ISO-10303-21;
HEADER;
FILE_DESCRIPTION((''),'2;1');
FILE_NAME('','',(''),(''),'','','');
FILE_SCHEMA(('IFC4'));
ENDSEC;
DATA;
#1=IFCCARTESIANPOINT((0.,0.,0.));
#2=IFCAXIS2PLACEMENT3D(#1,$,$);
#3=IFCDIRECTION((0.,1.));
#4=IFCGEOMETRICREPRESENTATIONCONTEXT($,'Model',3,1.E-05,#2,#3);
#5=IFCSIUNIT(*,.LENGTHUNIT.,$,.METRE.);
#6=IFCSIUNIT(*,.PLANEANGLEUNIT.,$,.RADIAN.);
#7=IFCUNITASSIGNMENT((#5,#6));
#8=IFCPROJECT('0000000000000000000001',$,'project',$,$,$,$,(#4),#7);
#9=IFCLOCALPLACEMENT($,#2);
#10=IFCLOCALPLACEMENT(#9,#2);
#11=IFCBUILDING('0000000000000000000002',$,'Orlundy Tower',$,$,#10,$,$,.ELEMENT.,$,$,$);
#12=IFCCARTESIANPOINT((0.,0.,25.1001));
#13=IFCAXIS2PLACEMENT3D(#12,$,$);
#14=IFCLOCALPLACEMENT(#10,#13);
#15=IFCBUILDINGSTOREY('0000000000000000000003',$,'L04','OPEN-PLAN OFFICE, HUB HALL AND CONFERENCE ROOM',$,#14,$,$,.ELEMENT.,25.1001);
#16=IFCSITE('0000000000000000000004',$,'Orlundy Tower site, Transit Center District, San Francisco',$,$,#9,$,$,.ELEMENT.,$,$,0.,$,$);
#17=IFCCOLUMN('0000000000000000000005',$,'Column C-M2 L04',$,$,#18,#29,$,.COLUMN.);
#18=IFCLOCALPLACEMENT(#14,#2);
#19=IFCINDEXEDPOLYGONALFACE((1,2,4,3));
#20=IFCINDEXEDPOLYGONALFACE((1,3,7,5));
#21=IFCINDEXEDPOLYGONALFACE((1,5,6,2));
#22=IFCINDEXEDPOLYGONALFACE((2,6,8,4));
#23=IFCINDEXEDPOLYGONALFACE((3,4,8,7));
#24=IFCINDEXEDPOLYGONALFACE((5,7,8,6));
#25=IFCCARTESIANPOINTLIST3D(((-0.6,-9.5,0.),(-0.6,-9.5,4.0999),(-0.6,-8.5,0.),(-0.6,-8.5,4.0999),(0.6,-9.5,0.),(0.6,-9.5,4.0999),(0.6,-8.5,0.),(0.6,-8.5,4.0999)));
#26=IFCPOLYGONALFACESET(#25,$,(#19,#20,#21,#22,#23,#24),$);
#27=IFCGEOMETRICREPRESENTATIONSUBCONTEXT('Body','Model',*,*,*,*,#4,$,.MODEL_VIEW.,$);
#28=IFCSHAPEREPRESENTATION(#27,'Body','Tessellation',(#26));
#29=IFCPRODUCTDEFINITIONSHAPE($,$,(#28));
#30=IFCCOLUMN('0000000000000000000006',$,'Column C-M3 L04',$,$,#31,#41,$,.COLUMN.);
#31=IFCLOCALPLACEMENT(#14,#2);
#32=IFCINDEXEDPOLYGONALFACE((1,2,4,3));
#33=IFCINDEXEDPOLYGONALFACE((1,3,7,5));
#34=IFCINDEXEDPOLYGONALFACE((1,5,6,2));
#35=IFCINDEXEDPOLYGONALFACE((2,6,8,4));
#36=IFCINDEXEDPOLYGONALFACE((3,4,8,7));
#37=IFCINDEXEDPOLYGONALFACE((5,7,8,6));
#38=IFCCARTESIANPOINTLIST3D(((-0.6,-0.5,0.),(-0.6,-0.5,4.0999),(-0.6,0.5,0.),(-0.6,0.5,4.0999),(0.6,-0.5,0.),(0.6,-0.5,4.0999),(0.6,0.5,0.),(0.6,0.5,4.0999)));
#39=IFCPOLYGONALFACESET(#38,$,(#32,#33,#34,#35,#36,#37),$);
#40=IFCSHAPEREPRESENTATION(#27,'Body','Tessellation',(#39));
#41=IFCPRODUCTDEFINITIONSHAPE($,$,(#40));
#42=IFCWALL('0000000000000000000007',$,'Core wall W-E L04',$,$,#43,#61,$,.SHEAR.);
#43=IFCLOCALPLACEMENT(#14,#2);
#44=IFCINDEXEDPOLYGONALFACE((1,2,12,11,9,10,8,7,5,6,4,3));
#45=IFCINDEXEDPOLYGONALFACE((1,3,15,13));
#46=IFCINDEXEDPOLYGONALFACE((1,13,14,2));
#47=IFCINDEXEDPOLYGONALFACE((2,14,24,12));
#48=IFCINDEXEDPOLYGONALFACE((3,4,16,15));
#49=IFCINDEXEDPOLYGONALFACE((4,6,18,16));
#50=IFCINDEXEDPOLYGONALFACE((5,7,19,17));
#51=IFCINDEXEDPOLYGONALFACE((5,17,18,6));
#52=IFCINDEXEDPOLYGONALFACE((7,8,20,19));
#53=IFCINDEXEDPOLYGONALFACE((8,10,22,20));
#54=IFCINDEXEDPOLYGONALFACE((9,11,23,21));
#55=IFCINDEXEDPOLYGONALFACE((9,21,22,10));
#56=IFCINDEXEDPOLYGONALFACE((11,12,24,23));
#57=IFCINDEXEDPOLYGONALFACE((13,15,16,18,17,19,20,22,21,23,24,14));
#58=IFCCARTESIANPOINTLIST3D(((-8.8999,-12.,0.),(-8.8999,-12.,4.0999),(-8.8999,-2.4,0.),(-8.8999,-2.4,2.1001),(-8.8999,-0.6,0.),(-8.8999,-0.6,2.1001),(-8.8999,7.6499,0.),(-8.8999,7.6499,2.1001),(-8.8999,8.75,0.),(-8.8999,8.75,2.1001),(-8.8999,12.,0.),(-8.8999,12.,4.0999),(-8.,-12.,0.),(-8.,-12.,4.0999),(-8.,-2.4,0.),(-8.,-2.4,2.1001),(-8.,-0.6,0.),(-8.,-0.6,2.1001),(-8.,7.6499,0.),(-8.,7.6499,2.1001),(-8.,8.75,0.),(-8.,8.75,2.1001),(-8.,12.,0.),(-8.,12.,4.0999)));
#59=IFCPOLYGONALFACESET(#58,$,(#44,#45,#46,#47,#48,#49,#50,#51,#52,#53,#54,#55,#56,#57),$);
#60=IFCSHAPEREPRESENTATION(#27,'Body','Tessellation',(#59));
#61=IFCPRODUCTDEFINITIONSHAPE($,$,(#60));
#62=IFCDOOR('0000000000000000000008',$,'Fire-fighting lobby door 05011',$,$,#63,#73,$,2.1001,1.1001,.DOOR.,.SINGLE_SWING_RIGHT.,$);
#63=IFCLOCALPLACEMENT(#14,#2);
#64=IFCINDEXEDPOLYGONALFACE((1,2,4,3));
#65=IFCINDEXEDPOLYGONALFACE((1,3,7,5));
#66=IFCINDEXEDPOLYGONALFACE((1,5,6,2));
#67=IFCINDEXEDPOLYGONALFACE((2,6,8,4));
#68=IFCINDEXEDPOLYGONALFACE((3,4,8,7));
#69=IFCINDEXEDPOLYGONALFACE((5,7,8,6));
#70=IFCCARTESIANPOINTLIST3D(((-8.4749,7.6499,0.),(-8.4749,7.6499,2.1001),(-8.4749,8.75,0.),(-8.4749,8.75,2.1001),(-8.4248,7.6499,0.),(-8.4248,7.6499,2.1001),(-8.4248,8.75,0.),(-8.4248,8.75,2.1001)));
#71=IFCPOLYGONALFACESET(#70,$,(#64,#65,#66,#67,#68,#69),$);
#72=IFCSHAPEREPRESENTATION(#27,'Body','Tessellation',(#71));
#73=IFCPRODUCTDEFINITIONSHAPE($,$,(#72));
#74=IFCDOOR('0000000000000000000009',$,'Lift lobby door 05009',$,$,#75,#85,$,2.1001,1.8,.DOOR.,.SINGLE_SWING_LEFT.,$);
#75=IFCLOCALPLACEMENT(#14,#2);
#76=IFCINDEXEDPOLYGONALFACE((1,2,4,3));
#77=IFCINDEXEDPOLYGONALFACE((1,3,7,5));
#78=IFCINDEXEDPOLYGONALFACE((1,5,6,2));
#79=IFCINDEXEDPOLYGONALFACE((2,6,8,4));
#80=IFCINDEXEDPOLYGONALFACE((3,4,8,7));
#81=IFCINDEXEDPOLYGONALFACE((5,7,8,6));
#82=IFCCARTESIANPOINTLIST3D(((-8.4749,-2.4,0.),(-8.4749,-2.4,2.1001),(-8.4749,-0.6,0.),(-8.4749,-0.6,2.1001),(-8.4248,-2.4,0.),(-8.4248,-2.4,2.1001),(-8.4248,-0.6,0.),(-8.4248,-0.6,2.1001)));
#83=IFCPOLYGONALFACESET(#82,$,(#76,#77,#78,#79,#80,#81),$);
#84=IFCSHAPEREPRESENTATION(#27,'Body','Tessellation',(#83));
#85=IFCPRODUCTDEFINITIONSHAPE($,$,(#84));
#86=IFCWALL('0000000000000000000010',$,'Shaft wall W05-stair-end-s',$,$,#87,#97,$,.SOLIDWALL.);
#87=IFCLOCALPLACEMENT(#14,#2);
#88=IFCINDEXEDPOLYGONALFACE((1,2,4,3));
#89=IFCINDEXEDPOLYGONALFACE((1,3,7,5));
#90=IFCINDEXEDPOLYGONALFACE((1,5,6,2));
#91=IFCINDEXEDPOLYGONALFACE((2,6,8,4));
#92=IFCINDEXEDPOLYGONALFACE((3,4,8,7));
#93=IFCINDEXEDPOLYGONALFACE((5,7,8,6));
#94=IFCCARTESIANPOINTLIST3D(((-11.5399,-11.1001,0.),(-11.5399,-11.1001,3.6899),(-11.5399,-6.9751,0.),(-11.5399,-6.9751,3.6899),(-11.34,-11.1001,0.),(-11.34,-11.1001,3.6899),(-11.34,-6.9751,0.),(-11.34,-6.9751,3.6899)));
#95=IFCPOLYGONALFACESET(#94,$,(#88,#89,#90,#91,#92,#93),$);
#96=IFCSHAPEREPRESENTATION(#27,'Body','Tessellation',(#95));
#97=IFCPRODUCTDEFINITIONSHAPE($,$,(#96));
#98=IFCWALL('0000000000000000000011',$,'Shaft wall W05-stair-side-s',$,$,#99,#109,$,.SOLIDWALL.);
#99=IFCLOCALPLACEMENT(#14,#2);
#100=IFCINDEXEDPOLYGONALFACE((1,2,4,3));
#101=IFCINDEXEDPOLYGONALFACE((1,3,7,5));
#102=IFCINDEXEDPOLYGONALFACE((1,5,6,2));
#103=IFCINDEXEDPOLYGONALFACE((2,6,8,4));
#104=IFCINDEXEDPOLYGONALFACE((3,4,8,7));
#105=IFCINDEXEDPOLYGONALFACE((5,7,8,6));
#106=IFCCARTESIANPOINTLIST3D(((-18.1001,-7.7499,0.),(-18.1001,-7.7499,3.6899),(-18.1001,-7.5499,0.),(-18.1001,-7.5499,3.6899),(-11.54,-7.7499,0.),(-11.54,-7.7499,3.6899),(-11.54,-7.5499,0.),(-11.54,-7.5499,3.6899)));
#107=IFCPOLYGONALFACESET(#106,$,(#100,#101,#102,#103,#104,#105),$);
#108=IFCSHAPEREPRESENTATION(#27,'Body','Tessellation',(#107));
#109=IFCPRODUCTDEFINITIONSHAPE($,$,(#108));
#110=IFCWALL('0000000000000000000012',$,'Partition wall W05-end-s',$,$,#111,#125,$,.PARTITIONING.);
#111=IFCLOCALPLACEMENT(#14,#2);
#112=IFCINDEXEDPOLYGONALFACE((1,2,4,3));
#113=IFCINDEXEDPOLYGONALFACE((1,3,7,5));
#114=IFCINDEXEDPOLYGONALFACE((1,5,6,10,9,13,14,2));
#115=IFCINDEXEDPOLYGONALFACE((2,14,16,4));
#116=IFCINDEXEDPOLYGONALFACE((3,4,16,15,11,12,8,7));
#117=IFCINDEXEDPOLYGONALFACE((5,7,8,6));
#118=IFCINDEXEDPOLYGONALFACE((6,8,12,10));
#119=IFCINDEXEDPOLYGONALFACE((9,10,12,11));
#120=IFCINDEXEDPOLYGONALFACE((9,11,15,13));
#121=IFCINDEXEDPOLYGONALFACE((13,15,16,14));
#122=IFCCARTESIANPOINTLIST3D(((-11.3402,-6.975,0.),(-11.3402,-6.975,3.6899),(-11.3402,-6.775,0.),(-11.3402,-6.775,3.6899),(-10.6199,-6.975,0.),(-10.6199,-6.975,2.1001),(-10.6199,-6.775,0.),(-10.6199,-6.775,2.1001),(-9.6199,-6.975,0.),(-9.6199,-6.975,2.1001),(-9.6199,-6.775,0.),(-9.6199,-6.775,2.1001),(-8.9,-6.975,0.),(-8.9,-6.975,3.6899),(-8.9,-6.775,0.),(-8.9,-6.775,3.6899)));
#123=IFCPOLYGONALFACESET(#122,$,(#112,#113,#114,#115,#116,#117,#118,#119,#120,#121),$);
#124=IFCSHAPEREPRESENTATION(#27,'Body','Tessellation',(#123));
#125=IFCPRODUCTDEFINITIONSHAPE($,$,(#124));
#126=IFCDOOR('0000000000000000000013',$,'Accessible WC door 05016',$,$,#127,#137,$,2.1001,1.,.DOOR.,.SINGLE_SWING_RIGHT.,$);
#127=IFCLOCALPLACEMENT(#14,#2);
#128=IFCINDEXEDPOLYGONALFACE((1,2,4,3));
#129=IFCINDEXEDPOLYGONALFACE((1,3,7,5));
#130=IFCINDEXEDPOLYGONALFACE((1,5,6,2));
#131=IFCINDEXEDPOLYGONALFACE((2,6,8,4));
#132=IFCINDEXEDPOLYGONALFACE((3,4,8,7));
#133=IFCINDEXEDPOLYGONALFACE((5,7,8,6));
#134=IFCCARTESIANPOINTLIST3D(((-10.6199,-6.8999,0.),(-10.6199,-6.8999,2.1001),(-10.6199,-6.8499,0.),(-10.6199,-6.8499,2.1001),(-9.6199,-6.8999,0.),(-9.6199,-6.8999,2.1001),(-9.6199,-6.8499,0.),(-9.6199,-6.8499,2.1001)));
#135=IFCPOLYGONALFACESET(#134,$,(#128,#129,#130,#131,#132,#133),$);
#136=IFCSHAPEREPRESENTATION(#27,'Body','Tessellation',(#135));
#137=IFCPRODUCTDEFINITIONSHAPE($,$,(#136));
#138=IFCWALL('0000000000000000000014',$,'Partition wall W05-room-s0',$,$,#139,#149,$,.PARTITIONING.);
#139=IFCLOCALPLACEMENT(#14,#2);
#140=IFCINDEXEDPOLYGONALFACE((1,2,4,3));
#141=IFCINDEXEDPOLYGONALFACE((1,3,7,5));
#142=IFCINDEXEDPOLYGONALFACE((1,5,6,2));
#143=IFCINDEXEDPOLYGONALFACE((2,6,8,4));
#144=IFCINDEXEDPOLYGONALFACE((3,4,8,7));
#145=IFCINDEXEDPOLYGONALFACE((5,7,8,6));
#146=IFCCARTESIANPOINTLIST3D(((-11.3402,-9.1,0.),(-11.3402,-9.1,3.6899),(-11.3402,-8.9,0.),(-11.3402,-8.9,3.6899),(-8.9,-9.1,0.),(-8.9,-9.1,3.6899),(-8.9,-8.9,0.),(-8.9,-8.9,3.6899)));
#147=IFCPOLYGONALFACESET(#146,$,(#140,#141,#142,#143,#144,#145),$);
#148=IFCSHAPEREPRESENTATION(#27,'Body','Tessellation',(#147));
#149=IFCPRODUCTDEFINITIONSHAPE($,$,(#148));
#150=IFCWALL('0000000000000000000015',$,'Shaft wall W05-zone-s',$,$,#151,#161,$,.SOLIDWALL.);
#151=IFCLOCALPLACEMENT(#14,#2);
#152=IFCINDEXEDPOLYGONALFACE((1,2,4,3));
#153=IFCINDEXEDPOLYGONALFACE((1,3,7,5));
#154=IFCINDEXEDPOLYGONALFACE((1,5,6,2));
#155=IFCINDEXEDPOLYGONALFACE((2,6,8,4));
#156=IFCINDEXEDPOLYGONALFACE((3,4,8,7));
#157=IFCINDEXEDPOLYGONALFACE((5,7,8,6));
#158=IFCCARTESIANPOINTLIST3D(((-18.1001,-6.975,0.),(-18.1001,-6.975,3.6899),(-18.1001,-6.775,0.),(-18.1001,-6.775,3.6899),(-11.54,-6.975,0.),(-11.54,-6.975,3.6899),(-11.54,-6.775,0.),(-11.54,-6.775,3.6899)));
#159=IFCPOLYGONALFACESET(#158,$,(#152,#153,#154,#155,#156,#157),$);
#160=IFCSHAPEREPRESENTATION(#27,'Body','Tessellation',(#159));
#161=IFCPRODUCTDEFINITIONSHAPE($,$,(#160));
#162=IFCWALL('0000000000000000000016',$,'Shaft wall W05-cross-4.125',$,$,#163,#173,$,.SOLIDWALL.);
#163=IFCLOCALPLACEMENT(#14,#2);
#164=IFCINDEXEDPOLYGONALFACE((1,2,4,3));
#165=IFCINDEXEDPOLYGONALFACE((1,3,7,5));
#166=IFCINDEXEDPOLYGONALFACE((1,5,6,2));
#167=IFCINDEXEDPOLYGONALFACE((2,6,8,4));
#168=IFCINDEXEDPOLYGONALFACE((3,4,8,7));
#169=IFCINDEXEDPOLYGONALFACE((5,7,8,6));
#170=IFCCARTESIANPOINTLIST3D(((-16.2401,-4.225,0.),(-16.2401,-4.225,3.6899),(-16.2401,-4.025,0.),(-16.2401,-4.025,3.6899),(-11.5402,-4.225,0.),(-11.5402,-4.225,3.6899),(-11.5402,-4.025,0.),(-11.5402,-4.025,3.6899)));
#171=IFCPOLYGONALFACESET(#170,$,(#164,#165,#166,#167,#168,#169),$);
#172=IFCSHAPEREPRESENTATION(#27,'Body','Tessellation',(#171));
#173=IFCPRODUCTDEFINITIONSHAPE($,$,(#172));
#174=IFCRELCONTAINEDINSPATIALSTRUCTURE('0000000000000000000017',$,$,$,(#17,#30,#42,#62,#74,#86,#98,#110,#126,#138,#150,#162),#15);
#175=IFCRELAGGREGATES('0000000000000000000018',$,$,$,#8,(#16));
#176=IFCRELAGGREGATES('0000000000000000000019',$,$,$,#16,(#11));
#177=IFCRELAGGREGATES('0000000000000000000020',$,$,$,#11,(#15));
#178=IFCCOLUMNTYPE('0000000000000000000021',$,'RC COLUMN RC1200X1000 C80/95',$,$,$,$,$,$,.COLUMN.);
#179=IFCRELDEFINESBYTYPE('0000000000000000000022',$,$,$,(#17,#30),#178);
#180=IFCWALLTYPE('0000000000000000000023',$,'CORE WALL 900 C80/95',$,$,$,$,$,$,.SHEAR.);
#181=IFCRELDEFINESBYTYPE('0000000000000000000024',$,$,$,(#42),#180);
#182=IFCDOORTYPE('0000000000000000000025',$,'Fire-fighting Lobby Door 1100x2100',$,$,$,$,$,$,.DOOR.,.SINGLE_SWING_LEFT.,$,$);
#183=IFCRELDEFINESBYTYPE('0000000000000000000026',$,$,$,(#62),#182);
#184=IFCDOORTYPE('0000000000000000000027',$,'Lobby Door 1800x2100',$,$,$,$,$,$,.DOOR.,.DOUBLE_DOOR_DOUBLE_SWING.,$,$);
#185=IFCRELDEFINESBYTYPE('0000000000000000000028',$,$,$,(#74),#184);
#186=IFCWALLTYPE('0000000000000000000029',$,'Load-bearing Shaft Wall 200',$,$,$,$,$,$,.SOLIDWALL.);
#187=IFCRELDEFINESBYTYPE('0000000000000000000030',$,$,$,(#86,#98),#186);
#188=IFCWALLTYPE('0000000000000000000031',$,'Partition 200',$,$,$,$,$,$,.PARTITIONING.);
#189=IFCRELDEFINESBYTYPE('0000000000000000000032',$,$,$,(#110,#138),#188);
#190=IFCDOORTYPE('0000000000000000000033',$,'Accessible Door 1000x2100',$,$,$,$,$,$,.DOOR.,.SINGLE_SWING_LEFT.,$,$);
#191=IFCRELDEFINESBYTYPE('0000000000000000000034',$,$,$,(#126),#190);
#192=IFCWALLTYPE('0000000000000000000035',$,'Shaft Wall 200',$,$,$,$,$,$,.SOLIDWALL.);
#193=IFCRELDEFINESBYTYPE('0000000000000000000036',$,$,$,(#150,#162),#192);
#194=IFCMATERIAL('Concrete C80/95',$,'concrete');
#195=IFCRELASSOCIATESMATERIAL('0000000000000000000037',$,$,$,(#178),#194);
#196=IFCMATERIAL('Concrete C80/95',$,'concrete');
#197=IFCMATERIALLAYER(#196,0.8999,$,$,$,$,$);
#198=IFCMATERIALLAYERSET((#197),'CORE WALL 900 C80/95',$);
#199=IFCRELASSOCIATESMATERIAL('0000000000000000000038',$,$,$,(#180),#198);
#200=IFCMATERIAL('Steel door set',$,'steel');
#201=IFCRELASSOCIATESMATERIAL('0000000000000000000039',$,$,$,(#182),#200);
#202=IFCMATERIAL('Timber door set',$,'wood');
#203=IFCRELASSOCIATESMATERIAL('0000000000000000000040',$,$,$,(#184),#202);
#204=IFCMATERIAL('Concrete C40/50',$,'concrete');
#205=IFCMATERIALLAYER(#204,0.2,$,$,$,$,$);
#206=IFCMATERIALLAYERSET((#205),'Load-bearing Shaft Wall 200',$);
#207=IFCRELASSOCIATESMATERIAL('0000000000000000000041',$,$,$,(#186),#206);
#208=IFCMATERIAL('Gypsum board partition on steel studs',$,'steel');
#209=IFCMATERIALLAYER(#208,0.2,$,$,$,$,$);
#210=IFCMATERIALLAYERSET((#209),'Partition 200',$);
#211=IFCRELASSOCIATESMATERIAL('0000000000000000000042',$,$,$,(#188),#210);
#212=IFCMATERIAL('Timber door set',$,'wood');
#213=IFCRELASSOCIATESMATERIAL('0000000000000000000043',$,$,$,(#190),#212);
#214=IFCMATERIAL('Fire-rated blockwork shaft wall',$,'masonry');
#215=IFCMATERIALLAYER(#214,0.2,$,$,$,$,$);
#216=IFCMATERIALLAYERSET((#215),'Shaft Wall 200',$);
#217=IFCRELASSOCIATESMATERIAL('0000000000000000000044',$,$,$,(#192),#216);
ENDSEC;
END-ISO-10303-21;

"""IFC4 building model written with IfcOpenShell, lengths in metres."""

from ifc_helpers import new_model, si_unit, direction, frame, frame_2d, origin, origin_2d, place, context, subcontext, project, spatial, rectangle, extrude, material, layer, layer_set, material_profile, profile_set, type_object, element, fill, save


model = new_model("IFC4")

# Units and contexts
model_context = context("Model", 3, precision=1e-05, world=origin(), true_north=direction((0.0, 1.0)))
body_context = subcontext(model_context, "Body", "Model", "MODEL_VIEW")
ifc_project = project(units=[si_unit("LENGTHUNIT", "METRE"), si_unit("PLANEANGLEUNIT", "RADIAN")], contexts=[model_context])

# Site, building, storey
site_placement = place(None, origin())
site = spatial("IfcSite", under=ifc_project, at=site_placement, Name="Orlundy Tower site, Transit Center District, San Francisco", CompositionType="ELEMENT", RefElevation=0.0)
building_placement = place(site_placement, origin())
building = spatial("IfcBuilding", under=site, at=building_placement, Name="Orlundy Tower", CompositionType="ELEMENT")
storey_placement = place(building_placement, frame((0.0, 0.0, 25.1001)))
storey = spatial("IfcBuildingStorey", under=building, at=storey_placement, Name="L04", Description="OPEN-PLAN OFFICE, HUB HALL AND CONFERENCE ROOM", CompositionType="ELEMENT", Elevation=25.1001)

# Columns
ifc_material_1 = material(Name="Concrete C80/95", Category="concrete")
ifc_material_profile = material_profile(ifc_material_1, rectangle(XDim=1.2, YDim=1.0, at=origin_2d()), Name="RC1200X1000")
ifc_profile_set = profile_set([ifc_material_profile], Name="Concrete C80/95")
column_type = type_object("IfcColumnType", Name="RC COLUMN RC1200X1000 C80/95", PredefinedType="COLUMN", material=ifc_profile_set)
for number, where, z_axis, x_axis, name in (
    (1, (0.0, -9.0, 0.0), (0.0, 0.0, 1.0), (1.0, 0.0, 0.0), "Column C-M2 L04"),
    (2, (0.0, 0.0, 0.0), (0.0, 0.0, 1.0), (1.0, 0.0, 0.0), "Column C-M3 L04"),
):
    element("IfcColumn", number, at=place(storey_placement, frame(where, z_axis=z_axis, x_axis=x_axis)), inside=storey, type_object=column_type, Name=name, PredefinedType="COLUMN", context=body_context, shape_type="SweptSolid", body=[
        extrude(rectangle(XDim=1.2, YDim=1.0, at=origin_2d()), origin(), (0.0, 0.0, 1.0), 4.0999),
    ])

# Wall, openings, doors
ifc_material_2 = material(Name="Concrete C80/95", Category="concrete")
ifc_layer_1 = layer(ifc_material_2, 0.8999)
ifc_layer_set_1 = layer_set([ifc_layer_1], Name="CORE WALL 900 C80/95")
wall_type_1 = type_object("IfcWallType", Name="CORE WALL 900 C80/95", PredefinedType="SHEAR", material=ifc_layer_set_1)
wall_1_placement = place(storey_placement, frame((-8.45, -12.0, 0.0), z_axis=(0.0, 0.0, 1.0), x_axis=(0.0, 1.0, 0.0)))
wall_1 = element("IfcWall", 3, at=wall_1_placement, inside=storey, type_object=wall_type_1, Name="Core wall W-E L04", PredefinedType="SHEAR", context=body_context, shape_type="SweptSolid", body=[
    extrude(rectangle(XDim=24.0, YDim=0.8999, at=frame_2d((12.0, 0.0))), origin(), (0.0, 0.0, 1.0), 4.0999),
])
opening_1_placement = place(wall_1_placement, frame((9.6001, 0.0, 0.0)))
opening_1 = element("IfcOpeningElement", 4, at=opening_1_placement, cuts=wall_1, PredefinedType="OPENING", context=body_context, shape_type="SweptSolid", body=[
    extrude(rectangle(XDim=1.8, YDim=2.1001, at=frame_2d((0.8999, 1.05))), frame((0.0, 0.46, 0.0), z_axis=(0.0, -1.0, 0.0), x_axis=(1.0, 0.0, 0.0)), (0.0, 0.0, 1.0), 0.9199),
])
opening_2_placement = place(wall_1_placement, frame((19.6499, 0.0, 0.0)))
opening_2 = element("IfcOpeningElement", 5, at=opening_2_placement, cuts=wall_1, PredefinedType="OPENING", context=body_context, shape_type="SweptSolid", body=[
    extrude(rectangle(XDim=1.1001, YDim=2.1001, at=frame_2d((0.55, 1.05))), frame((0.0, 0.46, 0.0), z_axis=(0.0, -1.0, 0.0), x_axis=(1.0, 0.0, 0.0)), (0.0, 0.0, 1.0), 0.9199),
])
ifc_material_3 = material(Name="Steel door set", Category="steel")
door_type_1 = type_object("IfcDoorType", Name="Fire-fighting Lobby Door 1100x2100", OperationType="SINGLE_SWING_LEFT", PredefinedType="DOOR", material=ifc_material_3)
door_1_placement = place(opening_2_placement, origin())
door_1 = element("IfcDoor", 6, at=door_1_placement, inside=storey, type_object=door_type_1, Name="Fire-fighting lobby door 05011", OperationType="SINGLE_SWING_RIGHT", OverallHeight=2.1001, OverallWidth=1.1001, PredefinedType="DOOR", context=body_context, shape_type="SweptSolid", body=[
    extrude(rectangle(XDim=1.1001, YDim=2.1001, at=frame_2d((0.55, 1.05))), frame((0.0, 0.0249, 0.0), z_axis=(0.0, -1.0, 0.0), x_axis=(1.0, 0.0, 0.0)), (0.0, 0.0, 1.0), 0.05),
])
fill(opening_2, door_1)
ifc_material_4 = material(Name="Timber door set", Category="wood")
door_type_2 = type_object("IfcDoorType", Name="Lobby Door 1800x2100", OperationType="DOUBLE_DOOR_DOUBLE_SWING", PredefinedType="DOOR", material=ifc_material_4)
door_2_placement = place(opening_1_placement, origin())
door_2 = element("IfcDoor", 7, at=door_2_placement, inside=storey, type_object=door_type_2, Name="Lift lobby door 05009", OperationType="SINGLE_SWING_LEFT", OverallHeight=2.1001, OverallWidth=1.8, PredefinedType="DOOR", context=body_context, shape_type="SweptSolid", body=[
    extrude(rectangle(XDim=1.8, YDim=2.1001, at=frame_2d((0.8999, 1.05))), frame((0.0, 0.0249, 0.0), z_axis=(0.0, -1.0, 0.0), x_axis=(1.0, 0.0, 0.0)), (0.0, 0.0, 1.0), 0.05),
])
fill(opening_1, door_2)

# Walls
ifc_material_5 = material(Name="Concrete C40/50", Category="concrete")
ifc_layer_2 = layer(ifc_material_5, 0.2)
ifc_layer_set_2 = layer_set([ifc_layer_2], Name="Load-bearing Shaft Wall 200")
wall_type_2 = type_object("IfcWallType", Name="Load-bearing Shaft Wall 200", PredefinedType="SOLIDWALL", material=ifc_layer_set_2)
wall_2_placement = place(storey_placement, frame((-11.4399, -11.1001, 0.0), z_axis=(0.0, 0.0, 1.0), x_axis=(0.0, 1.0, 0.0)))
element("IfcWall", 8, at=wall_2_placement, inside=storey, type_object=wall_type_2, Name="Shaft wall W05-stair-end-s", PredefinedType="SOLIDWALL", context=body_context, shape_type="SweptSolid", body=[
    extrude(rectangle(XDim=4.125, YDim=0.2, at=frame_2d((2.0625, 0.0))), origin(), (0.0, 0.0, 1.0), 3.6899),
])
wall_3_placement = place(storey_placement, frame((-11.54, -7.6499, 0.0), z_axis=(0.0, 0.0, 1.0), x_axis=(-1.0, 0.0, 0.0)))
element("IfcWall", 9, at=wall_3_placement, inside=storey, type_object=wall_type_2, Name="Shaft wall W05-stair-side-s", PredefinedType="SOLIDWALL", context=body_context, shape_type="SweptSolid", body=[
    extrude(rectangle(XDim=6.5601, YDim=0.2, at=frame_2d((3.28, 0.0))), origin(), (0.0, 0.0, 1.0), 3.6899),
])

# Wall, opening, door
ifc_material_6 = material(Name="Gypsum board partition on steel studs", Category="steel")
ifc_layer_3 = layer(ifc_material_6, 0.2)
ifc_layer_set_3 = layer_set([ifc_layer_3], Name="Partition 200")
wall_type_3 = type_object("IfcWallType", Name="Partition 200", PredefinedType="PARTITIONING", material=ifc_layer_set_3)
wall_4_placement = place(storey_placement, frame((-8.8999, -6.875, 0.0), z_axis=(0.0, 0.0, 1.0), x_axis=(-1.0, 0.0, 0.0)))
wall_4 = element("IfcWall", 10, at=wall_4_placement, inside=storey, type_object=wall_type_3, Name="Partition wall W05-end-s", PredefinedType="PARTITIONING", context=body_context, shape_type="SweptSolid", body=[
    extrude(rectangle(XDim=2.4402, YDim=0.2, at=frame_2d((1.2202, 0.0))), origin(), (0.0, 0.0, 1.0), 3.6899),
])
opening_3_placement = place(wall_4_placement, frame((0.72, 0.0, 0.0)))
opening_3 = element("IfcOpeningElement", 11, at=opening_3_placement, cuts=wall_4, PredefinedType="OPENING", context=body_context, shape_type="SweptSolid", body=[
    extrude(rectangle(XDim=1.0, YDim=2.1001, at=frame_2d((0.5, 1.05))), frame((0.0, 0.1101, 0.0), z_axis=(0.0, -1.0, 0.0), x_axis=(1.0, 0.0, 0.0)), (0.0, 0.0, 1.0), 0.2202),
])
ifc_material_7 = material(Name="Timber door set", Category="wood")
door_type_3 = type_object("IfcDoorType", Name="Accessible Door 1000x2100", OperationType="SINGLE_SWING_LEFT", PredefinedType="DOOR", material=ifc_material_7)
door_3_placement = place(opening_3_placement, origin())
door_3 = element("IfcDoor", 12, at=door_3_placement, inside=storey, type_object=door_type_3, Name="Accessible WC door 05016", OperationType="SINGLE_SWING_RIGHT", OverallHeight=2.1001, OverallWidth=1.0, PredefinedType="DOOR", context=body_context, shape_type="SweptSolid", body=[
    extrude(rectangle(XDim=1.0, YDim=2.1001, at=frame_2d((0.5, 1.05))), frame((0.0, 0.0249, 0.0), z_axis=(0.0, -1.0, 0.0), x_axis=(1.0, 0.0, 0.0)), (0.0, 0.0, 1.0), 0.05),
])
fill(opening_3, door_3)

# Walls
wall_5_placement = place(storey_placement, frame((-8.8999, -9.0, 0.0), z_axis=(0.0, 0.0, 1.0), x_axis=(-1.0, 0.0, 0.0)))
element("IfcWall", 13, at=wall_5_placement, inside=storey, type_object=wall_type_3, Name="Partition wall W05-room-s0", PredefinedType="PARTITIONING", context=body_context, shape_type="SweptSolid", body=[
    extrude(rectangle(XDim=2.4402, YDim=0.2, at=frame_2d((1.2202, 0.0))), origin(), (0.0, 0.0, 1.0), 3.6899),
])
ifc_material_8 = material(Name="Fire-rated blockwork shaft wall", Category="masonry")
ifc_layer_4 = layer(ifc_material_8, 0.2)
ifc_layer_set_4 = layer_set([ifc_layer_4], Name="Shaft Wall 200")
wall_type_4 = type_object("IfcWallType", Name="Shaft Wall 200", PredefinedType="SOLIDWALL", material=ifc_layer_set_4)
wall_6_placement = place(storey_placement, frame((-11.54, -6.875, 0.0), z_axis=(0.0, 0.0, 1.0), x_axis=(-1.0, 0.0, 0.0)))
element("IfcWall", 14, at=wall_6_placement, inside=storey, type_object=wall_type_4, Name="Shaft wall W05-zone-s", PredefinedType="SOLIDWALL", context=body_context, shape_type="SweptSolid", body=[
    extrude(rectangle(XDim=6.5601, YDim=0.2, at=frame_2d((3.28, 0.0))), origin(), (0.0, 0.0, 1.0), 3.6899),
])
wall_7_placement = place(storey_placement, frame((-11.54, -4.125, 0.0), z_axis=(0.0, 0.0, 1.0), x_axis=(-1.0, 0.0, 0.0)))
element("IfcWall", 15, at=wall_7_placement, inside=storey, type_object=wall_type_4, Name="Shaft wall W05-cross-4.125", PredefinedType="SOLIDWALL", context=body_context, shape_type="SweptSolid", body=[
    extrude(rectangle(XDim=4.7, YDim=0.2, at=frame_2d((2.3501, 0.0))), origin(), (0.0, 0.0, 1.0), 3.6899),
])

save(model, "model.ifc")
